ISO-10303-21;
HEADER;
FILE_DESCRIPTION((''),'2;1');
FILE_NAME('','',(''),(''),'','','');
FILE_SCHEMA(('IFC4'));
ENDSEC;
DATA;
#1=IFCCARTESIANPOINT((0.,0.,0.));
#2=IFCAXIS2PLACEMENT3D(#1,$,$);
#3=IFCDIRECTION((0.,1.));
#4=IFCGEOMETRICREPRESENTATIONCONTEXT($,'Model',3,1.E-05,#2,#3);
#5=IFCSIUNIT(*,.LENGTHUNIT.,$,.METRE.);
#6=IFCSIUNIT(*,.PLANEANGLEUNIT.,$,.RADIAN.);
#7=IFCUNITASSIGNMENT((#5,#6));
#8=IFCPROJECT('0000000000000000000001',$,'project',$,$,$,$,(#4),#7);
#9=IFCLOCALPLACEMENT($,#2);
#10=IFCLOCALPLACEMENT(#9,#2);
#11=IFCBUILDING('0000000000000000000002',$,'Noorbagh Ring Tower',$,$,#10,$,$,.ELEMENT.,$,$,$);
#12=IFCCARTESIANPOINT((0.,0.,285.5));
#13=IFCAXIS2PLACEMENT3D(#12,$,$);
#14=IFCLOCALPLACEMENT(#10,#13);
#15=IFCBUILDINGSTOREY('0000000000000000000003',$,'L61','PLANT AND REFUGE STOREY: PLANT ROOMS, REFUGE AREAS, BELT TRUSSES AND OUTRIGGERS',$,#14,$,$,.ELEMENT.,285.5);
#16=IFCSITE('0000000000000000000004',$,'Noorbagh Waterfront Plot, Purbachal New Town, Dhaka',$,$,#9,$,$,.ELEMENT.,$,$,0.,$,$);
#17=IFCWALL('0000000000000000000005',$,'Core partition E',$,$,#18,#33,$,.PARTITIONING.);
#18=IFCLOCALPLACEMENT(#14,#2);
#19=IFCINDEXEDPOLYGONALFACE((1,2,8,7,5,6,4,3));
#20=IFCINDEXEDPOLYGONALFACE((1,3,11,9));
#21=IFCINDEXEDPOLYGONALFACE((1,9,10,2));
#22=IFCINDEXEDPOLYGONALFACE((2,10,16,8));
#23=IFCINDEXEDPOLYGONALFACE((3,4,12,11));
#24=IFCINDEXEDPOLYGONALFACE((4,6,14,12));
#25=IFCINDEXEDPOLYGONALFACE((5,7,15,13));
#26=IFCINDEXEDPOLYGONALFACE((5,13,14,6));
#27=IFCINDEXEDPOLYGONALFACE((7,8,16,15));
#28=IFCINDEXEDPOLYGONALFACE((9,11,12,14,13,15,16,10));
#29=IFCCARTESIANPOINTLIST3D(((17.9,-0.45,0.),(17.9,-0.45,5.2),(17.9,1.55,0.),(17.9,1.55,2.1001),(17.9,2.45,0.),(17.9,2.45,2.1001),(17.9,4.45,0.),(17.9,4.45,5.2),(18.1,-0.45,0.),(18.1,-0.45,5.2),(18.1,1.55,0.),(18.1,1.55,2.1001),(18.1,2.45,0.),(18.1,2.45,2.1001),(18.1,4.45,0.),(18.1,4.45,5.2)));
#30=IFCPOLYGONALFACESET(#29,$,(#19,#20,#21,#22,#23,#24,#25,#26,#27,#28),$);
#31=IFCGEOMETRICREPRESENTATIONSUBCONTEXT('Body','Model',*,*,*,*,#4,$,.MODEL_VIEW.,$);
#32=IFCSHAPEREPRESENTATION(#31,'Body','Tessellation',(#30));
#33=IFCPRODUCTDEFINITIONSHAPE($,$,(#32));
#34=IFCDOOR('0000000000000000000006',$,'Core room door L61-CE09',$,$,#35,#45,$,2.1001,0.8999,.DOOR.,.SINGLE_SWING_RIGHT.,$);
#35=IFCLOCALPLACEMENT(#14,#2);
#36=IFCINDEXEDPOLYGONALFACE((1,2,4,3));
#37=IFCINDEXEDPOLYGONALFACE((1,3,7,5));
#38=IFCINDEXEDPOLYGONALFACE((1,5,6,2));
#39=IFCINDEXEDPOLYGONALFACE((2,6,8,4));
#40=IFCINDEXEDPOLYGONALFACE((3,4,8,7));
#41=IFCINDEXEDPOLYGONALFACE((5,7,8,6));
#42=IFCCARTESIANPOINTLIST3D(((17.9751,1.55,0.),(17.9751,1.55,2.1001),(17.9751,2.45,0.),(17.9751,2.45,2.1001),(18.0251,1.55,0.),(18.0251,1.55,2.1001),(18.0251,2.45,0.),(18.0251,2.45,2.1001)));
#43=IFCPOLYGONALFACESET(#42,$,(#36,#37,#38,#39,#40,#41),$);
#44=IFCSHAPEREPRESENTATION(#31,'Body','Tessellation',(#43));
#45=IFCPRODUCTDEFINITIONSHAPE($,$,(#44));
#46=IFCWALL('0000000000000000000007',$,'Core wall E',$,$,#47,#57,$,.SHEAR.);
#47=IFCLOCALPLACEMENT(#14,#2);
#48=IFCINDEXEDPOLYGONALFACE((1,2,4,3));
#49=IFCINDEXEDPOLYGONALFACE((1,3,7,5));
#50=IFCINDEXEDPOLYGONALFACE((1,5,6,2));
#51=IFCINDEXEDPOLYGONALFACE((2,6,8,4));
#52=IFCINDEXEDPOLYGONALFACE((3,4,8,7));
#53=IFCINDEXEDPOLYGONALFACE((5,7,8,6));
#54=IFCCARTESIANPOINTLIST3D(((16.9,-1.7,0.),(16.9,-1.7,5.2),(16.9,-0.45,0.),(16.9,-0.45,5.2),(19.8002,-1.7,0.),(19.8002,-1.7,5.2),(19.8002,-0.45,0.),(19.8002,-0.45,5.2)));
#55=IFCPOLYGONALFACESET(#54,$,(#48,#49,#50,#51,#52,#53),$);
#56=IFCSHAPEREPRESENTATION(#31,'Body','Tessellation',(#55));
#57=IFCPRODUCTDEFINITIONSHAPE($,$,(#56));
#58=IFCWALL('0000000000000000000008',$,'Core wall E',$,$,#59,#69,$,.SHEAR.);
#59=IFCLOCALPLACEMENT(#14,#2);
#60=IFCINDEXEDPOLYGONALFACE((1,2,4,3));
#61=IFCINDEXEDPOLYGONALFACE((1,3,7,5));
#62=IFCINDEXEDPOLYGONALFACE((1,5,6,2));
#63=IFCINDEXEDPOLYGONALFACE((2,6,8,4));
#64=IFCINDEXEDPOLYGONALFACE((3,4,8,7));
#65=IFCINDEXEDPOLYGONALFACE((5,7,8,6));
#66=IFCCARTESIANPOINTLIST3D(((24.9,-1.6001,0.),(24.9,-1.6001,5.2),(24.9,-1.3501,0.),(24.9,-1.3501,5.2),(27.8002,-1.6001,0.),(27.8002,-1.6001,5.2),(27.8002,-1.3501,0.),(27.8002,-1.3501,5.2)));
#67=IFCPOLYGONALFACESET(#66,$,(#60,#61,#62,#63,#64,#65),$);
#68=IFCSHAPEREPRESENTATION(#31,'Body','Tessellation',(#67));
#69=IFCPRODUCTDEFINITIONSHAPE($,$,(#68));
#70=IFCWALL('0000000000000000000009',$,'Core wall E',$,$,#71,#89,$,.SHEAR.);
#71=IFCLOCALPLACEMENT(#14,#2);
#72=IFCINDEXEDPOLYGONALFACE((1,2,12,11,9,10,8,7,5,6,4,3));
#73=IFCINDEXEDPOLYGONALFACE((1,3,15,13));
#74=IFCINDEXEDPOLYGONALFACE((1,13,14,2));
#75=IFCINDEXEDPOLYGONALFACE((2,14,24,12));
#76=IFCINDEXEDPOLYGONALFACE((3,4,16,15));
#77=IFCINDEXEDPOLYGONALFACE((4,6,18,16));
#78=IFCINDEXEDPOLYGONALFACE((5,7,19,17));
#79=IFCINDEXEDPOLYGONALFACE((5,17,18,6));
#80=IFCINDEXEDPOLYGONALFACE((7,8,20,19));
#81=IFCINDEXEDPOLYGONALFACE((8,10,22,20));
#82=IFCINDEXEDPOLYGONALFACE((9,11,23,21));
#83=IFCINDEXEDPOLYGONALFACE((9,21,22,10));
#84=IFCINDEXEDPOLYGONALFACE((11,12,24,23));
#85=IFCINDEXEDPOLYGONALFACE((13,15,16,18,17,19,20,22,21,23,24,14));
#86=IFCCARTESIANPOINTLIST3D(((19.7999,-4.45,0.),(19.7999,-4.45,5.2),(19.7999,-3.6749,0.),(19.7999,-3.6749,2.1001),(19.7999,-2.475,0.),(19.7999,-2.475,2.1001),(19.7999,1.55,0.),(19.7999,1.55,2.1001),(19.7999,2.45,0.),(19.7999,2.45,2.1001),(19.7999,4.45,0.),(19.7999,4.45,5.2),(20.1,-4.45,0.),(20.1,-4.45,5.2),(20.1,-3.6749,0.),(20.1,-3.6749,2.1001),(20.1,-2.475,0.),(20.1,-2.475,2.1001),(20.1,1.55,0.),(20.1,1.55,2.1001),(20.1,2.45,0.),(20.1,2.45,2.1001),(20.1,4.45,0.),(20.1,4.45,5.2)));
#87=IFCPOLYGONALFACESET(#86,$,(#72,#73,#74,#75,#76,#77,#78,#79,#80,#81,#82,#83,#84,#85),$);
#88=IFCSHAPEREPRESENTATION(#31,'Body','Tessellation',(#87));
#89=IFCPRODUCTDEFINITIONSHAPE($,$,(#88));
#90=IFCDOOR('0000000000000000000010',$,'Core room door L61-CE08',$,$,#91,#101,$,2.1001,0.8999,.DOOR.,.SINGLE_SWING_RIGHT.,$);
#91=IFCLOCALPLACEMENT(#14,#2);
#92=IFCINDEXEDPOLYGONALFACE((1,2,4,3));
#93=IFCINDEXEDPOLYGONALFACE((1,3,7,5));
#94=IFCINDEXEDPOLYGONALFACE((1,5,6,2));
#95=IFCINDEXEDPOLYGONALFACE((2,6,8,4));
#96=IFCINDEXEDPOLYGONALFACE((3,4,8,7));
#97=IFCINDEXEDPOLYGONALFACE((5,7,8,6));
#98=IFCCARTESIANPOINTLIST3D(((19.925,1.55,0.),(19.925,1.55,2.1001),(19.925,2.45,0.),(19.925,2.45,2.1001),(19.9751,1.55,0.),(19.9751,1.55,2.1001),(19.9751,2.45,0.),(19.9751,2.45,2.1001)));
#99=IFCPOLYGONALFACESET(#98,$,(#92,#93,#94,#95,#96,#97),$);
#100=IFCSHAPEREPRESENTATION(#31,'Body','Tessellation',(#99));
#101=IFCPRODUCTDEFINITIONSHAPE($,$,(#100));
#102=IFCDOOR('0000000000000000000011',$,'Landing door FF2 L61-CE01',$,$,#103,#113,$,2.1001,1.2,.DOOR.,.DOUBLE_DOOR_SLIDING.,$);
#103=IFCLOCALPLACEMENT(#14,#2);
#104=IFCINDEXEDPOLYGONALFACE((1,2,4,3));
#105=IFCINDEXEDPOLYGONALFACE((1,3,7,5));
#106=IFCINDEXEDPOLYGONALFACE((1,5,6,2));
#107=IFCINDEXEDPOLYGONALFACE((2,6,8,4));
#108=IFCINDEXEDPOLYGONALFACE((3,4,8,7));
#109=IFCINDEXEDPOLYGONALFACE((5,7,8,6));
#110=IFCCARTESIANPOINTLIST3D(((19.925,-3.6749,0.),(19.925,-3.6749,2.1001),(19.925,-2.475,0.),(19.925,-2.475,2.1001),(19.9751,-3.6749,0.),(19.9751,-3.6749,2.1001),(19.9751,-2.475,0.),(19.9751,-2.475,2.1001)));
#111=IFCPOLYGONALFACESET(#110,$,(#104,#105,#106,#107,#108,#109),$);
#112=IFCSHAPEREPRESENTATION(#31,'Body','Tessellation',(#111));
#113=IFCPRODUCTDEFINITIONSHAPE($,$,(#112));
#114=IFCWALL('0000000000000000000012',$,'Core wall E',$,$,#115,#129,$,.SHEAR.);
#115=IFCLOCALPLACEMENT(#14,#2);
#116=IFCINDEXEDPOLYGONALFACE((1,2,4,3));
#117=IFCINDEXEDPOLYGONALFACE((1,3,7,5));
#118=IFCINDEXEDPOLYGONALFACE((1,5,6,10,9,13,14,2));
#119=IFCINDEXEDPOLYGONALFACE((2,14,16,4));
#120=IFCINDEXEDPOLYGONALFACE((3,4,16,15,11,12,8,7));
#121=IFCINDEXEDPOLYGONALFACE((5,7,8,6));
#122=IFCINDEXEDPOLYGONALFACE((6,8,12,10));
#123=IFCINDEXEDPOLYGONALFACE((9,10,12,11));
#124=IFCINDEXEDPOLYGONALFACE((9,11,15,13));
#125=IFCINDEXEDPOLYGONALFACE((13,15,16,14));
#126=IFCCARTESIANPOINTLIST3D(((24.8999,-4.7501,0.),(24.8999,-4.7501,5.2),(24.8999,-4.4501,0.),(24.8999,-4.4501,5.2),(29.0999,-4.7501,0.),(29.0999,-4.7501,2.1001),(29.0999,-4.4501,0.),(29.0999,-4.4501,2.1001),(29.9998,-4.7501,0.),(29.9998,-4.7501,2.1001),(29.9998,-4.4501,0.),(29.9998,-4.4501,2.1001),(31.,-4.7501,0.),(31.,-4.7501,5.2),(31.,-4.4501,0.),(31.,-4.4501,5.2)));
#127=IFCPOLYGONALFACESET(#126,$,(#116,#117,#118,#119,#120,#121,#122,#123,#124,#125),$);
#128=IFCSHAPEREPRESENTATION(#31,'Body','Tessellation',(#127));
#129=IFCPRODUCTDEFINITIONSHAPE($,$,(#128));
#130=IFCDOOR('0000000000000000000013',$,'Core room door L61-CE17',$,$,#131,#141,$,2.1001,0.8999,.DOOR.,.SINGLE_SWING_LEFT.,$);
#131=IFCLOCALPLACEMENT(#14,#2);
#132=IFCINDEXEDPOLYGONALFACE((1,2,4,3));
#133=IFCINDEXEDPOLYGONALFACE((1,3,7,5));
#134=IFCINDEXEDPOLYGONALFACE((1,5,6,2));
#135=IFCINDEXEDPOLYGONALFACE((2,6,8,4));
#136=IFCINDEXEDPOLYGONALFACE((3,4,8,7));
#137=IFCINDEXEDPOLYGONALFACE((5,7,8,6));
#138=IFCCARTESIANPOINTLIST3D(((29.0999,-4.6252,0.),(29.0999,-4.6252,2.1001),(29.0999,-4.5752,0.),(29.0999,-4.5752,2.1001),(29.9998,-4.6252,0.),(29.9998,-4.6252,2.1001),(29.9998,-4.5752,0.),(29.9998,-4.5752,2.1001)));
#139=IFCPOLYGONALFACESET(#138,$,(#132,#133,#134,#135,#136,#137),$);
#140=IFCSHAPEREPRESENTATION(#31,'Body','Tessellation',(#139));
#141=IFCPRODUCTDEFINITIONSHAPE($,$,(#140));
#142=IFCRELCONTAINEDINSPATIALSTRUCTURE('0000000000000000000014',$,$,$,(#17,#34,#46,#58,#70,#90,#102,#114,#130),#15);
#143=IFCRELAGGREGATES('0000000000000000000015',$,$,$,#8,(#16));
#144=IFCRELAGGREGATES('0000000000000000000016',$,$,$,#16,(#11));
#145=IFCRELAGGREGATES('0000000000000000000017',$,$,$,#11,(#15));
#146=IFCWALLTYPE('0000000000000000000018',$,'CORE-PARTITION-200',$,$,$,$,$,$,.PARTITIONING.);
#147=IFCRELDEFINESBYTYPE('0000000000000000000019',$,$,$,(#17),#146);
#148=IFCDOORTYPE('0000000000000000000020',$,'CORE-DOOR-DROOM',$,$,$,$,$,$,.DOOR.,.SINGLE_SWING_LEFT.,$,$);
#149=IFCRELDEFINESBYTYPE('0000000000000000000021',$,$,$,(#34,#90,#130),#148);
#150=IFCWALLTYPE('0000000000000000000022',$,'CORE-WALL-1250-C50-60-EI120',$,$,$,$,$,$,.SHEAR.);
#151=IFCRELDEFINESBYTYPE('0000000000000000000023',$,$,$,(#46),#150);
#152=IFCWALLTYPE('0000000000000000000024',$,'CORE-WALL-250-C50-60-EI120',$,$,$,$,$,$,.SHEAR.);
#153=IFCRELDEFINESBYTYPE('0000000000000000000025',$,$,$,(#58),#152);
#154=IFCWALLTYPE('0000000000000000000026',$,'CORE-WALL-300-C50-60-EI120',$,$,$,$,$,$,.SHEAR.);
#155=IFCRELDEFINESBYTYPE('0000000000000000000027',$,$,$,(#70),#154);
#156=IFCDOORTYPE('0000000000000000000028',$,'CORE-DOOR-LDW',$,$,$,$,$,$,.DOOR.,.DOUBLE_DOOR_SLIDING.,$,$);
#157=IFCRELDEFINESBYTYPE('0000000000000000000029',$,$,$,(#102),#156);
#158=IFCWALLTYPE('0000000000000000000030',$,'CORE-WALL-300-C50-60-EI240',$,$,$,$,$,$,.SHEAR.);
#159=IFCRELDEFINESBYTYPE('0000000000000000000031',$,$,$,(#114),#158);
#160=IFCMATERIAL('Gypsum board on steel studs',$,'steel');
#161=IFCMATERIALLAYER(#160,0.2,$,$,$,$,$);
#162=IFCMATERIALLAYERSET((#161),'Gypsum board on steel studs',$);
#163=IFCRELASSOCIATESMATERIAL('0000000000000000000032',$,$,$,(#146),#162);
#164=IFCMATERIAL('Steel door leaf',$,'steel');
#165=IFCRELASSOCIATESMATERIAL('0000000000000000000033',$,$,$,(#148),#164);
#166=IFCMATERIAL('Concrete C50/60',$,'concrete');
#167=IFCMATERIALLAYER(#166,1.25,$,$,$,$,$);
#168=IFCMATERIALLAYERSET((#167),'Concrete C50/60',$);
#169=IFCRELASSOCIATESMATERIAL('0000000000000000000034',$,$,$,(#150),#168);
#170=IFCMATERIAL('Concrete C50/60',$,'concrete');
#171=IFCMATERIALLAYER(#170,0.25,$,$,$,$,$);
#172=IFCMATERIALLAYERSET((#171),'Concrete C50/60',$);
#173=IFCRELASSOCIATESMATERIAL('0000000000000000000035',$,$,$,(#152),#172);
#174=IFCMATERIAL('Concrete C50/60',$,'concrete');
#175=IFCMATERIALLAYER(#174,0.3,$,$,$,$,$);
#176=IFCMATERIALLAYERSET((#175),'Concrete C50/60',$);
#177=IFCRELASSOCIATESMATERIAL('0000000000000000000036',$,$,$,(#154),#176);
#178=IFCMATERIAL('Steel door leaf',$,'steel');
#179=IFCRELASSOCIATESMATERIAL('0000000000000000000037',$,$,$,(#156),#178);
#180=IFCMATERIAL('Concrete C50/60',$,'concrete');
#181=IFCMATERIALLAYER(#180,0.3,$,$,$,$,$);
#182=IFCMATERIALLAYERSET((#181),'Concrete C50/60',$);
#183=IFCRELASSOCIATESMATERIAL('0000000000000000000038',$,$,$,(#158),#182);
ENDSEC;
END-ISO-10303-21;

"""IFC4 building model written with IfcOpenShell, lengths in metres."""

from ifc_helpers import new_model, si_unit, direction, frame, frame_2d, origin, place, context, subcontext, project, spatial, rectangle, extrude, material, layer, layer_set, type_object, element, fill, save


model = new_model("IFC4")

# Units and contexts
model_context = context("Model", 3, precision=1e-05, world=origin(), true_north=direction((0.0, 1.0)))
body_context = subcontext(model_context, "Body", "Model", "MODEL_VIEW")
ifc_project = project(units=[si_unit("LENGTHUNIT", "METRE"), si_unit("PLANEANGLEUNIT", "RADIAN")], contexts=[model_context])

# Site, building, storey
site_placement = place(None, origin())
site = spatial("IfcSite", under=ifc_project, at=site_placement, Name="Noorbagh Waterfront Plot, Purbachal New Town, Dhaka", CompositionType="ELEMENT", RefElevation=0.0)
building_placement = place(site_placement, origin())
building = spatial("IfcBuilding", under=site, at=building_placement, Name="Noorbagh Ring Tower", CompositionType="ELEMENT")
storey_placement = place(building_placement, frame((0.0, 0.0, 285.5)))
storey = spatial("IfcBuildingStorey", under=building, at=storey_placement, Name="L61", Description="PLANT AND REFUGE STOREY: PLANT ROOMS, REFUGE AREAS, BELT TRUSSES AND OUTRIGGERS", CompositionType="ELEMENT", Elevation=285.5)

# Wall, opening, door
ifc_material_1 = material(Name="Gypsum board on steel studs", Category="steel")
ifc_layer_1 = layer(ifc_material_1, 0.2)
ifc_layer_set_1 = layer_set([ifc_layer_1], Name="Gypsum board on steel studs")
wall_type_1 = type_object("IfcWallType", Name="CORE-PARTITION-200", PredefinedType="PARTITIONING", material=ifc_layer_set_1)
wall_1_placement = place(storey_placement, frame((18.0, -0.45, 0.0), z_axis=(0.0, 0.0, 1.0), x_axis=(0.0, 1.0, 0.0)))
wall_1 = element("IfcWall", 1, at=wall_1_placement, inside=storey, type_object=wall_type_1, Name="Core partition E", PredefinedType="PARTITIONING", context=body_context, shape_type="SweptSolid", body=[
    extrude(rectangle(XDim=4.8999, YDim=0.2, at=frame_2d((2.45, 0.0))), origin(), (0.0, 0.0, 1.0), 5.2),
])
opening_1_placement = place(wall_1_placement, frame((2.0, 0.0, 0.0)))
opening_1 = element("IfcOpeningElement", 2, at=opening_1_placement, cuts=wall_1, PredefinedType="OPENING", context=body_context, shape_type="SweptSolid", body=[
    extrude(rectangle(XDim=0.8999, YDim=2.1001, at=frame_2d((0.45, 1.05))), frame((0.0, 0.1099, 0.0), z_axis=(0.0, -1.0, 0.0), x_axis=(1.0, 0.0, 0.0)), (0.0, 0.0, 1.0), 0.22),
])
ifc_material_2 = material(Name="Steel door leaf", Category="steel")
door_type_1 = type_object("IfcDoorType", Name="CORE-DOOR-DROOM", OperationType="SINGLE_SWING_LEFT", PredefinedType="DOOR", material=ifc_material_2)
door_1_placement = place(opening_1_placement, origin())
door_1 = element("IfcDoor", 3, at=door_1_placement, inside=storey, type_object=door_type_1, Name="Core room door L61-CE09", OperationType="SINGLE_SWING_RIGHT", OverallHeight=2.1001, OverallWidth=0.8999, PredefinedType="DOOR", context=body_context, shape_type="SweptSolid", body=[
    extrude(rectangle(XDim=0.8999, YDim=2.1001, at=frame_2d((0.45, 1.05))), frame((0.0, 0.0249, 0.0), z_axis=(0.0, -1.0, 0.0), x_axis=(1.0, 0.0, 0.0)), (0.0, 0.0, 1.0), 0.05),
])
fill(opening_1, door_1)

# Walls
ifc_material_3 = material(Name="Concrete C50/60", Category="concrete")
ifc_layer_2 = layer(ifc_material_3, 1.25)
ifc_layer_set_2 = layer_set([ifc_layer_2], Name="Concrete C50/60")
wall_type_2 = type_object("IfcWallType", Name="CORE-WALL-1250-C50-60-EI120", PredefinedType="SHEAR", material=ifc_layer_set_2)
wall_2_placement = place(storey_placement, frame((16.8999, -1.075, 0.0), z_axis=(0.0, 0.0, 1.0), x_axis=(1.0, 0.0, 0.0)))
element("IfcWall", 4, at=wall_2_placement, inside=storey, type_object=wall_type_2, Name="Core wall E", PredefinedType="SHEAR", context=body_context, shape_type="SweptSolid", body=[
    extrude(rectangle(XDim=2.9001, YDim=1.25, at=frame_2d((1.4502, 0.0))), origin(), (0.0, 0.0, 1.0), 5.2),
])
ifc_material_4 = material(Name="Concrete C50/60", Category="concrete")
ifc_layer_3 = layer(ifc_material_4, 0.25)
ifc_layer_set_3 = layer_set([ifc_layer_3], Name="Concrete C50/60")
wall_type_3 = type_object("IfcWallType", Name="CORE-WALL-250-C50-60-EI120", PredefinedType="SHEAR", material=ifc_layer_set_3)
wall_3_placement = place(storey_placement, frame((24.8999, -1.4751, 0.0), z_axis=(0.0, 0.0, 1.0), x_axis=(1.0, 0.0, 0.0)))
element("IfcWall", 5, at=wall_3_placement, inside=storey, type_object=wall_type_3, Name="Core wall E", PredefinedType="SHEAR", context=body_context, shape_type="SweptSolid", body=[
    extrude(rectangle(XDim=2.9001, YDim=0.25, at=frame_2d((1.4502, 0.0))), origin(), (0.0, 0.0, 1.0), 5.2),
])

# Wall, openings, doors
ifc_material_5 = material(Name="Concrete C50/60", Category="concrete")
ifc_layer_4 = layer(ifc_material_5, 0.3)
ifc_layer_set_4 = layer_set([ifc_layer_4], Name="Concrete C50/60")
wall_type_4 = type_object("IfcWallType", Name="CORE-WALL-300-C50-60-EI120", PredefinedType="SHEAR", material=ifc_layer_set_4)
wall_4_placement = place(storey_placement, frame((19.95, -4.45, 0.0), z_axis=(0.0, 0.0, 1.0), x_axis=(0.0, 1.0, 0.0)))
wall_4 = element("IfcWall", 6, at=wall_4_placement, inside=storey, type_object=wall_type_4, Name="Core wall E", PredefinedType="SHEAR", context=body_context, shape_type="SweptSolid", body=[
    extrude(rectangle(XDim=8.8999, YDim=0.3, at=frame_2d((4.45, 0.0))), origin(), (0.0, 0.0, 1.0), 5.2),
])
opening_2_placement = place(wall_4_placement, frame((0.7749, 0.0, 0.0)))
opening_2 = element("IfcOpeningElement", 7, at=opening_2_placement, cuts=wall_4, PredefinedType="OPENING", context=body_context, shape_type="SweptSolid", body=[
    extrude(rectangle(XDim=1.2, YDim=2.1001, at=frame_2d((0.6001, 1.05))), frame((0.0, 0.1602, 0.0), z_axis=(0.0, -1.0, 0.0), x_axis=(1.0, 0.0, 0.0)), (0.0, 0.0, 1.0), 0.3201),
])
opening_3_placement = place(wall_4_placement, frame((6.0, 0.0, 0.0)))
opening_3 = element("IfcOpeningElement", 8, at=opening_3_placement, cuts=wall_4, PredefinedType="OPENING", context=body_context, shape_type="SweptSolid", body=[
    extrude(rectangle(XDim=0.8999, YDim=2.1001, at=frame_2d((0.45, 1.05))), frame((0.0, 0.1602, 0.0), z_axis=(0.0, -1.0, 0.0), x_axis=(1.0, 0.0, 0.0)), (0.0, 0.0, 1.0), 0.3201),
])
door_2_placement = place(opening_3_placement, origin())
door_2 = element("IfcDoor", 9, at=door_2_placement, inside=storey, type_object=door_type_1, Name="Core room door L61-CE08", OperationType="SINGLE_SWING_RIGHT", OverallHeight=2.1001, OverallWidth=0.8999, PredefinedType="DOOR", context=body_context, shape_type="SweptSolid", body=[
    extrude(rectangle(XDim=0.8999, YDim=2.1001, at=frame_2d((0.45, 1.05))), frame((0.0, 0.0249, 0.0), z_axis=(0.0, -1.0, 0.0), x_axis=(1.0, 0.0, 0.0)), (0.0, 0.0, 1.0), 0.05),
])
fill(opening_3, door_2)
ifc_material_6 = material(Name="Steel door leaf", Category="steel")
door_type_2 = type_object("IfcDoorType", Name="CORE-DOOR-LDW", OperationType="DOUBLE_DOOR_SLIDING", PredefinedType="DOOR", material=ifc_material_6)
door_3_placement = place(opening_2_placement, origin())
door_3 = element("IfcDoor", 10, at=door_3_placement, inside=storey, type_object=door_type_2, Name="Landing door FF2 L61-CE01", OperationType="DOUBLE_DOOR_SLIDING", OverallHeight=2.1001, OverallWidth=1.2, PredefinedType="DOOR", context=body_context, shape_type="SweptSolid", body=[
    extrude(rectangle(XDim=1.2, YDim=2.1001, at=frame_2d((0.6001, 1.05))), frame((0.0, 0.0249, 0.0), z_axis=(0.0, -1.0, 0.0), x_axis=(1.0, 0.0, 0.0)), (0.0, 0.0, 1.0), 0.05),
])
fill(opening_2, door_3)

# Wall, opening, door
ifc_material_7 = material(Name="Concrete C50/60", Category="concrete")
ifc_layer_5 = layer(ifc_material_7, 0.3)
ifc_layer_set_5 = layer_set([ifc_layer_5], Name="Concrete C50/60")
wall_type_5 = type_object("IfcWallType", Name="CORE-WALL-300-C50-60-EI240", PredefinedType="SHEAR", material=ifc_layer_set_5)
wall_5_placement = place(storey_placement, frame((24.8999, -4.6001, 0.0), z_axis=(0.0, 0.0, 1.0), x_axis=(1.0, 0.0, 0.0)))
wall_5 = element("IfcWall", 11, at=wall_5_placement, inside=storey, type_object=wall_type_5, Name="Core wall E", PredefinedType="SHEAR", context=body_context, shape_type="SweptSolid", body=[
    extrude(rectangle(XDim=6.1001, YDim=0.3, at=frame_2d((3.05, 0.0))), origin(), (0.0, 0.0, 1.0), 5.2),
])
opening_4_placement = place(wall_5_placement, frame((4.2, 0.0, 0.0)))
opening_4 = element("IfcOpeningElement", 12, at=opening_4_placement, cuts=wall_5, PredefinedType="OPENING", context=body_context, shape_type="SweptSolid", body=[
    extrude(rectangle(XDim=0.8999, YDim=2.1001, at=frame_2d((0.45, 1.05))), frame((0.0, 0.1602, 0.0), z_axis=(0.0, -1.0, 0.0), x_axis=(1.0, 0.0, 0.0)), (0.0, 0.0, 1.0), 0.3201),
])
door_4_placement = place(opening_4_placement, origin())
door_4 = element("IfcDoor", 13, at=door_4_placement, inside=storey, type_object=door_type_1, Name="Core room door L61-CE17", OperationType="SINGLE_SWING_LEFT", OverallHeight=2.1001, OverallWidth=0.8999, PredefinedType="DOOR", context=body_context, shape_type="SweptSolid", body=[
    extrude(rectangle(XDim=0.8999, YDim=2.1001, at=frame_2d((0.45, 1.05))), frame((0.0, 0.0249, 0.0), z_axis=(0.0, -1.0, 0.0), x_axis=(1.0, 0.0, 0.0)), (0.0, 0.0, 1.0), 0.05),
])
fill(opening_4, door_4)

save(model, "model.ifc")
